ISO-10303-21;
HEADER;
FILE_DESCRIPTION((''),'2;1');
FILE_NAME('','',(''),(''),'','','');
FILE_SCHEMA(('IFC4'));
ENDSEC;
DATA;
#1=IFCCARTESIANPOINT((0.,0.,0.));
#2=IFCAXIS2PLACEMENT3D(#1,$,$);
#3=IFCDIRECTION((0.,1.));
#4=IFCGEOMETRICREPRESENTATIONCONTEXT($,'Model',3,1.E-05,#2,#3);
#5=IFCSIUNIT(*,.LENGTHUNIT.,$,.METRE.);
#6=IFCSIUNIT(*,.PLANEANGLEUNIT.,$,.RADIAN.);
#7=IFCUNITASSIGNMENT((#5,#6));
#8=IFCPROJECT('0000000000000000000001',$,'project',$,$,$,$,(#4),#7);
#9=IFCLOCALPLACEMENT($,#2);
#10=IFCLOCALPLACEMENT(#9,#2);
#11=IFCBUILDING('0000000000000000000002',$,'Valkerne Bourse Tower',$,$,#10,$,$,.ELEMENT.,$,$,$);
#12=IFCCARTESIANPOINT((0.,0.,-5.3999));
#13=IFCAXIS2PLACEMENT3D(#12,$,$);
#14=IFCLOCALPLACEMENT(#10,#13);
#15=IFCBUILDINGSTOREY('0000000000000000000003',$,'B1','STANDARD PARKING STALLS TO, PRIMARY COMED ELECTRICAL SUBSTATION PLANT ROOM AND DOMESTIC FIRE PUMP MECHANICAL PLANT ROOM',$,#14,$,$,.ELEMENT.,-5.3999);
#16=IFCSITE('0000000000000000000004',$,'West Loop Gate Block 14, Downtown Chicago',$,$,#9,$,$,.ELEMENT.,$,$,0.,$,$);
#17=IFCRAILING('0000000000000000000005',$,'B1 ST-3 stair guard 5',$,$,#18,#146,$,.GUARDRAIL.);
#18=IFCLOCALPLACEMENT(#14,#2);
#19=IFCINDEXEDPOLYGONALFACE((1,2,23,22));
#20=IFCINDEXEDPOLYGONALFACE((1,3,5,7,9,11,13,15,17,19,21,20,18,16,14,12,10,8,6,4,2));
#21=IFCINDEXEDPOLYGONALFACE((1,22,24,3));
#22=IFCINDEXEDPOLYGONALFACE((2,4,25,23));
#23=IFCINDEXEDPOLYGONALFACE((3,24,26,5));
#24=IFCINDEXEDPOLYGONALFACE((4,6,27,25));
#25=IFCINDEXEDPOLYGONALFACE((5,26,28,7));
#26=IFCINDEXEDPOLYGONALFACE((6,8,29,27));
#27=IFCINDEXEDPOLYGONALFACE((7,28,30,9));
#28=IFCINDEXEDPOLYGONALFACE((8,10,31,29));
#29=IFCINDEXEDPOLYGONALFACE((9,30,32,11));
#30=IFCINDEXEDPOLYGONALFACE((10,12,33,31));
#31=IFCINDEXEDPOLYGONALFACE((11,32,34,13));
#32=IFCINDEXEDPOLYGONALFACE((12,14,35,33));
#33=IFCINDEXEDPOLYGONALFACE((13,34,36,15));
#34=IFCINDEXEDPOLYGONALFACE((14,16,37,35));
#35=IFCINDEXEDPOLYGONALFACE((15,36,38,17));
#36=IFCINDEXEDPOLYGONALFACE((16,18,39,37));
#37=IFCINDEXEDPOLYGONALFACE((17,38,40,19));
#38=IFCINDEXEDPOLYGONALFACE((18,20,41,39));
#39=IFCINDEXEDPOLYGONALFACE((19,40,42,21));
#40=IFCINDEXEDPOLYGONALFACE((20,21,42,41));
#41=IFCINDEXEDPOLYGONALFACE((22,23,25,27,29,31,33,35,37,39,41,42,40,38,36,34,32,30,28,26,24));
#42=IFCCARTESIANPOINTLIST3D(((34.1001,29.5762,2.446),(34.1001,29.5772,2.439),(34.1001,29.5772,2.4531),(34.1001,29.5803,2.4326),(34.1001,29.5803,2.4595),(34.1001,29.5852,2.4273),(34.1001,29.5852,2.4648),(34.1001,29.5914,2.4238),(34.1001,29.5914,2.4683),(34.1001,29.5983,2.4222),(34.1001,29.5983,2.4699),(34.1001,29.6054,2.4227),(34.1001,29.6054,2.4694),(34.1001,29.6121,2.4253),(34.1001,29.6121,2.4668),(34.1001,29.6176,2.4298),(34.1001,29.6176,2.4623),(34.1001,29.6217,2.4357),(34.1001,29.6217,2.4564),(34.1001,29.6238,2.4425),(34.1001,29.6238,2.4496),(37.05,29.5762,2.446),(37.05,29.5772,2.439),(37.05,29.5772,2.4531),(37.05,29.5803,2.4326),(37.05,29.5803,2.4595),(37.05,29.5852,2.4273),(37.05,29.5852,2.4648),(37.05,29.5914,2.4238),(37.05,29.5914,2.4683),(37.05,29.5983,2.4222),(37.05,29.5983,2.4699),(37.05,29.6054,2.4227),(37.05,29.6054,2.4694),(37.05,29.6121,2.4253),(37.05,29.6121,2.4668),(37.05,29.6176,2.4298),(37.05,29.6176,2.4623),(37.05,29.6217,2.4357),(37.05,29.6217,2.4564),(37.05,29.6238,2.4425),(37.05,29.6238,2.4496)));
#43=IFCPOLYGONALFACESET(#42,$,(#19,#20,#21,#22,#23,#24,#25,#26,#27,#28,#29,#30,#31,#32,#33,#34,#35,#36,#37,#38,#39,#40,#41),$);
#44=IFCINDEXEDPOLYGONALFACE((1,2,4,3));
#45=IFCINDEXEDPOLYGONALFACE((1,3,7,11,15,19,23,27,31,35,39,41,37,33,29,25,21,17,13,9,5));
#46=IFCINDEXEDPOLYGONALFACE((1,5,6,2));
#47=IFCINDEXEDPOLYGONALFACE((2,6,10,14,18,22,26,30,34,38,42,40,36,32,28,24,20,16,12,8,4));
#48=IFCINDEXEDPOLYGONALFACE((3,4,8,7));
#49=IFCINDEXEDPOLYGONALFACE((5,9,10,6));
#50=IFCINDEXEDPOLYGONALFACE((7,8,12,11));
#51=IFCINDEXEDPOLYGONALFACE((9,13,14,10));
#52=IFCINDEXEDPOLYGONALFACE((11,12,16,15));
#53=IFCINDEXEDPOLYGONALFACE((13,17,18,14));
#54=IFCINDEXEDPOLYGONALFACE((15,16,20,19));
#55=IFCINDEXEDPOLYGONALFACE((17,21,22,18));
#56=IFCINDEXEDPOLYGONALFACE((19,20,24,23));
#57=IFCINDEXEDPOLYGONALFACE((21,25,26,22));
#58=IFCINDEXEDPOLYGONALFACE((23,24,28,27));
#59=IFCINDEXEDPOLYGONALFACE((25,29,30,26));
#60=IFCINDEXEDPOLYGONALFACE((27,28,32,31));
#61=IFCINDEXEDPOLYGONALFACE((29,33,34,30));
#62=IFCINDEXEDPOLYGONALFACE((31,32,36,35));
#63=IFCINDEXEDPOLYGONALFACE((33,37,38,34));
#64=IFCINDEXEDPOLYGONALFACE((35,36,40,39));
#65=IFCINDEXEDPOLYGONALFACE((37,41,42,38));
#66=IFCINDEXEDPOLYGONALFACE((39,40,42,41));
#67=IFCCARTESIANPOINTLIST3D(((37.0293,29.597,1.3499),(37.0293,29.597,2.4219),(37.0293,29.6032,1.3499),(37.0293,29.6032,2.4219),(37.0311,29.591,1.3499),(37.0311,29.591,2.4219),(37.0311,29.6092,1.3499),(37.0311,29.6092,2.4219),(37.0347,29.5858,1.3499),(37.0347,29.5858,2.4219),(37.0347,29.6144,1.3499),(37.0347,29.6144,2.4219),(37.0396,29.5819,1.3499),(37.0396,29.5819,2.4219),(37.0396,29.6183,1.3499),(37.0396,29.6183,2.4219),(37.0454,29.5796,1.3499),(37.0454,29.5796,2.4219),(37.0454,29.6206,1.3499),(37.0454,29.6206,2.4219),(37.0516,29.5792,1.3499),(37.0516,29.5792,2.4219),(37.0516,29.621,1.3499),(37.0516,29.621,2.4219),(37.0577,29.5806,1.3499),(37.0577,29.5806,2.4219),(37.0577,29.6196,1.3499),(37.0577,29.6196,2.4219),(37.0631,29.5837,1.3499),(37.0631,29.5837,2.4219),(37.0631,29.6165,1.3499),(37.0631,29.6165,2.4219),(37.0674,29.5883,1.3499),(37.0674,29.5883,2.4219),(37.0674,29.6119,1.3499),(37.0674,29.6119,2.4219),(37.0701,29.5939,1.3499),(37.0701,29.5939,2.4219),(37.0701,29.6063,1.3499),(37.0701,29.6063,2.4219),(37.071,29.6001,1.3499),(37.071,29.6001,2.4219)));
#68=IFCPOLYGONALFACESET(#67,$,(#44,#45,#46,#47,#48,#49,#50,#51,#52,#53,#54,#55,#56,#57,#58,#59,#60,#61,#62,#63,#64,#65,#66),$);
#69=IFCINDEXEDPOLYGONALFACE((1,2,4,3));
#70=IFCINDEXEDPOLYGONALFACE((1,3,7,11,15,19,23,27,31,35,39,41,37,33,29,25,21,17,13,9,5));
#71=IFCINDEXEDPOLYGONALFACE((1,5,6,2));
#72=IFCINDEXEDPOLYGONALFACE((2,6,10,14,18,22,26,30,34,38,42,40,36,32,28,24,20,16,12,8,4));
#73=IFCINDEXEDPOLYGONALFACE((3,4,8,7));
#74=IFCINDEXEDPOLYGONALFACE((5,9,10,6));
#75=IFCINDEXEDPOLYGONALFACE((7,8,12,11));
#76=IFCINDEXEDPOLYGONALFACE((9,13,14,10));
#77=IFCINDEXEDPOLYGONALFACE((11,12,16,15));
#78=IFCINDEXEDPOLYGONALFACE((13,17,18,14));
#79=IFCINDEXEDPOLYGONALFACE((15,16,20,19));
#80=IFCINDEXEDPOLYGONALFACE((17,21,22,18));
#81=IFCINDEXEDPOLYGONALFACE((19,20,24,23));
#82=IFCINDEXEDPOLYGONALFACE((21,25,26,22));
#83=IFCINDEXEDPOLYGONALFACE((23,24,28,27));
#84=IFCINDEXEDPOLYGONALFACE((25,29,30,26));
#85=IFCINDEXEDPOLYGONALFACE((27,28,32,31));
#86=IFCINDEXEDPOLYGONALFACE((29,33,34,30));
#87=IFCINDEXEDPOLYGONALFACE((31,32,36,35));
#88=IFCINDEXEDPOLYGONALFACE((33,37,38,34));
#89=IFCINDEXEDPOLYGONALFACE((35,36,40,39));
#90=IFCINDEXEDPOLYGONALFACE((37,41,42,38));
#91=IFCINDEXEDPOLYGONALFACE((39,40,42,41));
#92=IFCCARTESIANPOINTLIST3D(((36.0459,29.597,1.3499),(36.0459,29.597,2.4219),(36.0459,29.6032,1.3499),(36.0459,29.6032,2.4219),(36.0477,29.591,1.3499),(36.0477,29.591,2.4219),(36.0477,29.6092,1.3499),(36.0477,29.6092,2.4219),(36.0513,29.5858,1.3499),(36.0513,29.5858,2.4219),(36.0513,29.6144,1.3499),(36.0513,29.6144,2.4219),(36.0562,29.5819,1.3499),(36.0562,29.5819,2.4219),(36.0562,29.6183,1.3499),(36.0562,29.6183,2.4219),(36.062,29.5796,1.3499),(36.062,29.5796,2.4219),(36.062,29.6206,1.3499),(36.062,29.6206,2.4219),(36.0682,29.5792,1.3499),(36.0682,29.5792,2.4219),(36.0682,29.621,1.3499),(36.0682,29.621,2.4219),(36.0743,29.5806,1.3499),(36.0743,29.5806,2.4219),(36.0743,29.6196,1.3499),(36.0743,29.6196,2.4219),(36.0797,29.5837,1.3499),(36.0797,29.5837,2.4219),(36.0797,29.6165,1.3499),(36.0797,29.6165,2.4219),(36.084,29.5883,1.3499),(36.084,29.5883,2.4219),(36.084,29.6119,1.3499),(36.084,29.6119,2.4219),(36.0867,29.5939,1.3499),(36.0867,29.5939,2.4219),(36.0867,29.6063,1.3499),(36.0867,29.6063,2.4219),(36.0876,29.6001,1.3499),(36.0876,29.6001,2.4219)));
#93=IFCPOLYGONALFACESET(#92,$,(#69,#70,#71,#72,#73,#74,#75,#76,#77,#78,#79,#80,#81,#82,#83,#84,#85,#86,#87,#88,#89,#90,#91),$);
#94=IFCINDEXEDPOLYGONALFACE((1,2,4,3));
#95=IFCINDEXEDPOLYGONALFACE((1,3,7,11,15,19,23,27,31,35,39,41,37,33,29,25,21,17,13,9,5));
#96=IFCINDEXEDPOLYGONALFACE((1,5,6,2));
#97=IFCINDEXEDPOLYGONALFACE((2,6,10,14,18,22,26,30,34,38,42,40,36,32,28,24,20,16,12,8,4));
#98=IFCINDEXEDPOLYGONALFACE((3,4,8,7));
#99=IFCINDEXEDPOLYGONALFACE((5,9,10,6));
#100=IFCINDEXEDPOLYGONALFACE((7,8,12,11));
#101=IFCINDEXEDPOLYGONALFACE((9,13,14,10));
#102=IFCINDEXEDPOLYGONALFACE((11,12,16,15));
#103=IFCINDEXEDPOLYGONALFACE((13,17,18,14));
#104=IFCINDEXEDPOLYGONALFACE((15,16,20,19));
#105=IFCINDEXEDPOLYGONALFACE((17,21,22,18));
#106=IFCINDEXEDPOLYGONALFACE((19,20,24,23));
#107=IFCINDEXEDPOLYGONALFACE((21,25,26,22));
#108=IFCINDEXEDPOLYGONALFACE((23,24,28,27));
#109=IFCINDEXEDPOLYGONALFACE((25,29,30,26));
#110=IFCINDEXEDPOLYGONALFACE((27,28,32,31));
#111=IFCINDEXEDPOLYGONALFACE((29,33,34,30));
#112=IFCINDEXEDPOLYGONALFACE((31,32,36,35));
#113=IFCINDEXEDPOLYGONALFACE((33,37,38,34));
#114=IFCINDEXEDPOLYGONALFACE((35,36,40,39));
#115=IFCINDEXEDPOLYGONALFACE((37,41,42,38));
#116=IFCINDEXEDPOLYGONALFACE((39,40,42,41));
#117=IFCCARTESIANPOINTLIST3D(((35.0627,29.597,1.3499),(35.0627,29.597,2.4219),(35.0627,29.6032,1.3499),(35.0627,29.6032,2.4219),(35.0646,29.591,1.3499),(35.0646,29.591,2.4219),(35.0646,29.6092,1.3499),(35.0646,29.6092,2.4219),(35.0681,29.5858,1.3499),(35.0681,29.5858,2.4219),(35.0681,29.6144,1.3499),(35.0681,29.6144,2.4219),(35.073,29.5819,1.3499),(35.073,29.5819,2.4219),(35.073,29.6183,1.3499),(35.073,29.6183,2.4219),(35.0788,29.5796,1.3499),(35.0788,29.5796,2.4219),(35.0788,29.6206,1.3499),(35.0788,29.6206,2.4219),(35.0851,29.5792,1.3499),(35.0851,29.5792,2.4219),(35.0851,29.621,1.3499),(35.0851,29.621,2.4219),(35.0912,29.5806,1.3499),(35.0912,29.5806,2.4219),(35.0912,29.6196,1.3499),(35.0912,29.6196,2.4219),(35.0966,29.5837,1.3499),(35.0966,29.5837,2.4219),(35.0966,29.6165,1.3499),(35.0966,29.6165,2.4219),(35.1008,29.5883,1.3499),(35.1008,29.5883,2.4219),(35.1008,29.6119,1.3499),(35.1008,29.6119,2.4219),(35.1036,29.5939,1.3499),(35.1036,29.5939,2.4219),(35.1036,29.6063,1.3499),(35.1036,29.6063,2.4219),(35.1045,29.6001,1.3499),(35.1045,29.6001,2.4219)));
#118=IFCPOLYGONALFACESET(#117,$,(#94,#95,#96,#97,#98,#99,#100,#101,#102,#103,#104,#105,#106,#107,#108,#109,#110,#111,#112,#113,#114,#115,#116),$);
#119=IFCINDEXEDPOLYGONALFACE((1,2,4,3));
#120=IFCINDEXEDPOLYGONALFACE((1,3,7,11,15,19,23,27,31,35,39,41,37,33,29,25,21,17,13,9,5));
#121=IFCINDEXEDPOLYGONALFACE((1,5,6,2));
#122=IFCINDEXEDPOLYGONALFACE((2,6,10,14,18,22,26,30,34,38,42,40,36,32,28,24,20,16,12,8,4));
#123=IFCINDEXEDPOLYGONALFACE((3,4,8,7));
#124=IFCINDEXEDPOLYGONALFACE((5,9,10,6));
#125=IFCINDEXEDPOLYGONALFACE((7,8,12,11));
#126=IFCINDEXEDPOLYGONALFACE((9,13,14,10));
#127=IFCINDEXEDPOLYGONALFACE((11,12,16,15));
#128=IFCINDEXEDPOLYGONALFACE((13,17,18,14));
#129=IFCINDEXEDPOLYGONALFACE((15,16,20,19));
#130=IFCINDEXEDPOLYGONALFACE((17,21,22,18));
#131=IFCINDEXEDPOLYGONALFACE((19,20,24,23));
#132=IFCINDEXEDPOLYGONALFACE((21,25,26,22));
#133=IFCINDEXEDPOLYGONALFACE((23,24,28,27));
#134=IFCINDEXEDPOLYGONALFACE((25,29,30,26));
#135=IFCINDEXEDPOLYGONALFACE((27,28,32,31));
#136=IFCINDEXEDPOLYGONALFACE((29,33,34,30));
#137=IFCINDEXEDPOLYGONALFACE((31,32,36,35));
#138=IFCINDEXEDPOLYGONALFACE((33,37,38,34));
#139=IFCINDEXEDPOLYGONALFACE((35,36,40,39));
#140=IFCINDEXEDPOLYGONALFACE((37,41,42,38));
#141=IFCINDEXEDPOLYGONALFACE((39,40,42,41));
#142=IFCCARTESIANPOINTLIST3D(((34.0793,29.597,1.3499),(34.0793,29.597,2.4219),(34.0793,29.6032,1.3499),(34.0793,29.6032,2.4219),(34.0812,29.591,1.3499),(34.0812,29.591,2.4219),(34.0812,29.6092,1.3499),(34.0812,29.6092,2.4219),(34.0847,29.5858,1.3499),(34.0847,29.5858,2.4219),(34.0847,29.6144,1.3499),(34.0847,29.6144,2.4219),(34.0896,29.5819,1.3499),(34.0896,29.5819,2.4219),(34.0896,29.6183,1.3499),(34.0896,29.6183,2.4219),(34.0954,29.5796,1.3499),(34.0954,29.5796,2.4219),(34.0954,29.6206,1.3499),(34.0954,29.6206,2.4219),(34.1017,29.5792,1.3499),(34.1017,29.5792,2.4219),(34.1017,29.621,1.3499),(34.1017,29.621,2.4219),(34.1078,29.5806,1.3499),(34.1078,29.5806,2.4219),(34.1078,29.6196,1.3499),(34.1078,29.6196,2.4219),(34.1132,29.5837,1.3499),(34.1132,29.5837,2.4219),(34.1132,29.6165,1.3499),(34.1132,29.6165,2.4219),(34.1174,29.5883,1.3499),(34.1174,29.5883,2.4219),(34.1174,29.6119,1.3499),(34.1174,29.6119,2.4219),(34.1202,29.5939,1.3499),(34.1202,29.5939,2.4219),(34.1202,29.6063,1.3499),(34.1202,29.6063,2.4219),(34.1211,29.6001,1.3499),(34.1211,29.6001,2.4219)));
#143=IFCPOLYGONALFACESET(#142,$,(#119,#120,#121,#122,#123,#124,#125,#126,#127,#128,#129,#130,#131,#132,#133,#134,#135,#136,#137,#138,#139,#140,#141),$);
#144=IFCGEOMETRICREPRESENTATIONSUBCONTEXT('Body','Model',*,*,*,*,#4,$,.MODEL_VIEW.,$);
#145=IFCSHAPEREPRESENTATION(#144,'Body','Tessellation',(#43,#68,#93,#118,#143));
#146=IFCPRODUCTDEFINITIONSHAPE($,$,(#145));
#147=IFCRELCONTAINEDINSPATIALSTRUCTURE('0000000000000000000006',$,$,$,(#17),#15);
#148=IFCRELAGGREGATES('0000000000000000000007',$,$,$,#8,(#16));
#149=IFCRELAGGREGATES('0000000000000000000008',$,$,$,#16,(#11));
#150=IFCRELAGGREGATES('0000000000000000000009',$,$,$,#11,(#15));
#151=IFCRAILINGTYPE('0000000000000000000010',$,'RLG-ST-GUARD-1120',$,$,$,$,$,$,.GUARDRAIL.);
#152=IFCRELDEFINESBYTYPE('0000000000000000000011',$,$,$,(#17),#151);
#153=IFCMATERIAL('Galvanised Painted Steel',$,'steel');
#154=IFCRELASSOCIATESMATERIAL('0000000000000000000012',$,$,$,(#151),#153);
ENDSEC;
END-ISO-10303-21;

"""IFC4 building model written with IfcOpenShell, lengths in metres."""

from ifc_helpers import new_model, si_unit, direction, frame, origin, origin_2d, place, context, subcontext, project, spatial, circle, extrude, material, type_object, element, save


model = new_model("IFC4")

# Units and contexts
model_context = context("Model", 3, precision=1e-05, world=origin(), true_north=direction((0.0, 1.0)))
body_context = subcontext(model_context, "Body", "Model", "MODEL_VIEW")
ifc_project = project(units=[si_unit("LENGTHUNIT", "METRE"), si_unit("PLANEANGLEUNIT", "RADIAN")], contexts=[model_context])

# Site, building, storey
site_placement = place(None, origin())
site = spatial("IfcSite", under=ifc_project, at=site_placement, Name="West Loop Gate Block 14, Downtown Chicago", CompositionType="ELEMENT", RefElevation=0.0)
building_placement = place(site_placement, origin())
building = spatial("IfcBuilding", under=site, at=building_placement, Name="Valkerne Bourse Tower", CompositionType="ELEMENT")
storey_placement = place(building_placement, frame((0.0, 0.0, -5.3999)))
storey = spatial("IfcBuildingStorey", under=building, at=storey_placement, Name="B1", Description="STANDARD PARKING STALLS TO, PRIMARY COMED ELECTRICAL SUBSTATION PLANT ROOM AND DOMESTIC FIRE PUMP MECHANICAL PLANT ROOM", CompositionType="ELEMENT", Elevation=-5.3999)

# Shared definitions
ifc_material_1 = material(Name="Galvanised Painted Steel", Category="steel")

# Railing
railing_type = type_object("IfcRailingType", Name="RLG-ST-GUARD-1120", PredefinedType="GUARDRAIL", material=ifc_material_1)
railing_1_placement = place(storey_placement, frame((37.05, 29.6001, 1.3499)))
element("IfcRailing", 1, at=railing_1_placement, inside=storey, type_object=railing_type, Name="B1 ST-3 stair guard 5", PredefinedType="GUARDRAIL", context=body_context, shape_type="SweptSolid", body=[
    extrude(circle(Radius=0.0239, at=origin_2d()), frame((0.0, 0.0, 1.0962), z_axis=(-1.0, 0.0, 0.0), x_axis=(0.0, -1.0, 0.0)), (0.0, 0.0, 1.0), 2.95),
    extrude(circle(Radius=0.021, at=origin_2d()), origin(), (0.0, 0.0, 1.0), 1.072),
    extrude(circle(Radius=0.021, at=origin_2d()), frame((-0.9834, 0.0, 0.0)), (0.0, 0.0, 1.0), 1.072),
    extrude(circle(Radius=0.021, at=origin_2d()), frame((-1.9666, 0.0, 0.0)), (0.0, 0.0, 1.0), 1.072),
    extrude(circle(Radius=0.021, at=origin_2d()), frame((-2.95, 0.0, 0.0)), (0.0, 0.0, 1.0), 1.072),
])

save(model, "model.ifc")
